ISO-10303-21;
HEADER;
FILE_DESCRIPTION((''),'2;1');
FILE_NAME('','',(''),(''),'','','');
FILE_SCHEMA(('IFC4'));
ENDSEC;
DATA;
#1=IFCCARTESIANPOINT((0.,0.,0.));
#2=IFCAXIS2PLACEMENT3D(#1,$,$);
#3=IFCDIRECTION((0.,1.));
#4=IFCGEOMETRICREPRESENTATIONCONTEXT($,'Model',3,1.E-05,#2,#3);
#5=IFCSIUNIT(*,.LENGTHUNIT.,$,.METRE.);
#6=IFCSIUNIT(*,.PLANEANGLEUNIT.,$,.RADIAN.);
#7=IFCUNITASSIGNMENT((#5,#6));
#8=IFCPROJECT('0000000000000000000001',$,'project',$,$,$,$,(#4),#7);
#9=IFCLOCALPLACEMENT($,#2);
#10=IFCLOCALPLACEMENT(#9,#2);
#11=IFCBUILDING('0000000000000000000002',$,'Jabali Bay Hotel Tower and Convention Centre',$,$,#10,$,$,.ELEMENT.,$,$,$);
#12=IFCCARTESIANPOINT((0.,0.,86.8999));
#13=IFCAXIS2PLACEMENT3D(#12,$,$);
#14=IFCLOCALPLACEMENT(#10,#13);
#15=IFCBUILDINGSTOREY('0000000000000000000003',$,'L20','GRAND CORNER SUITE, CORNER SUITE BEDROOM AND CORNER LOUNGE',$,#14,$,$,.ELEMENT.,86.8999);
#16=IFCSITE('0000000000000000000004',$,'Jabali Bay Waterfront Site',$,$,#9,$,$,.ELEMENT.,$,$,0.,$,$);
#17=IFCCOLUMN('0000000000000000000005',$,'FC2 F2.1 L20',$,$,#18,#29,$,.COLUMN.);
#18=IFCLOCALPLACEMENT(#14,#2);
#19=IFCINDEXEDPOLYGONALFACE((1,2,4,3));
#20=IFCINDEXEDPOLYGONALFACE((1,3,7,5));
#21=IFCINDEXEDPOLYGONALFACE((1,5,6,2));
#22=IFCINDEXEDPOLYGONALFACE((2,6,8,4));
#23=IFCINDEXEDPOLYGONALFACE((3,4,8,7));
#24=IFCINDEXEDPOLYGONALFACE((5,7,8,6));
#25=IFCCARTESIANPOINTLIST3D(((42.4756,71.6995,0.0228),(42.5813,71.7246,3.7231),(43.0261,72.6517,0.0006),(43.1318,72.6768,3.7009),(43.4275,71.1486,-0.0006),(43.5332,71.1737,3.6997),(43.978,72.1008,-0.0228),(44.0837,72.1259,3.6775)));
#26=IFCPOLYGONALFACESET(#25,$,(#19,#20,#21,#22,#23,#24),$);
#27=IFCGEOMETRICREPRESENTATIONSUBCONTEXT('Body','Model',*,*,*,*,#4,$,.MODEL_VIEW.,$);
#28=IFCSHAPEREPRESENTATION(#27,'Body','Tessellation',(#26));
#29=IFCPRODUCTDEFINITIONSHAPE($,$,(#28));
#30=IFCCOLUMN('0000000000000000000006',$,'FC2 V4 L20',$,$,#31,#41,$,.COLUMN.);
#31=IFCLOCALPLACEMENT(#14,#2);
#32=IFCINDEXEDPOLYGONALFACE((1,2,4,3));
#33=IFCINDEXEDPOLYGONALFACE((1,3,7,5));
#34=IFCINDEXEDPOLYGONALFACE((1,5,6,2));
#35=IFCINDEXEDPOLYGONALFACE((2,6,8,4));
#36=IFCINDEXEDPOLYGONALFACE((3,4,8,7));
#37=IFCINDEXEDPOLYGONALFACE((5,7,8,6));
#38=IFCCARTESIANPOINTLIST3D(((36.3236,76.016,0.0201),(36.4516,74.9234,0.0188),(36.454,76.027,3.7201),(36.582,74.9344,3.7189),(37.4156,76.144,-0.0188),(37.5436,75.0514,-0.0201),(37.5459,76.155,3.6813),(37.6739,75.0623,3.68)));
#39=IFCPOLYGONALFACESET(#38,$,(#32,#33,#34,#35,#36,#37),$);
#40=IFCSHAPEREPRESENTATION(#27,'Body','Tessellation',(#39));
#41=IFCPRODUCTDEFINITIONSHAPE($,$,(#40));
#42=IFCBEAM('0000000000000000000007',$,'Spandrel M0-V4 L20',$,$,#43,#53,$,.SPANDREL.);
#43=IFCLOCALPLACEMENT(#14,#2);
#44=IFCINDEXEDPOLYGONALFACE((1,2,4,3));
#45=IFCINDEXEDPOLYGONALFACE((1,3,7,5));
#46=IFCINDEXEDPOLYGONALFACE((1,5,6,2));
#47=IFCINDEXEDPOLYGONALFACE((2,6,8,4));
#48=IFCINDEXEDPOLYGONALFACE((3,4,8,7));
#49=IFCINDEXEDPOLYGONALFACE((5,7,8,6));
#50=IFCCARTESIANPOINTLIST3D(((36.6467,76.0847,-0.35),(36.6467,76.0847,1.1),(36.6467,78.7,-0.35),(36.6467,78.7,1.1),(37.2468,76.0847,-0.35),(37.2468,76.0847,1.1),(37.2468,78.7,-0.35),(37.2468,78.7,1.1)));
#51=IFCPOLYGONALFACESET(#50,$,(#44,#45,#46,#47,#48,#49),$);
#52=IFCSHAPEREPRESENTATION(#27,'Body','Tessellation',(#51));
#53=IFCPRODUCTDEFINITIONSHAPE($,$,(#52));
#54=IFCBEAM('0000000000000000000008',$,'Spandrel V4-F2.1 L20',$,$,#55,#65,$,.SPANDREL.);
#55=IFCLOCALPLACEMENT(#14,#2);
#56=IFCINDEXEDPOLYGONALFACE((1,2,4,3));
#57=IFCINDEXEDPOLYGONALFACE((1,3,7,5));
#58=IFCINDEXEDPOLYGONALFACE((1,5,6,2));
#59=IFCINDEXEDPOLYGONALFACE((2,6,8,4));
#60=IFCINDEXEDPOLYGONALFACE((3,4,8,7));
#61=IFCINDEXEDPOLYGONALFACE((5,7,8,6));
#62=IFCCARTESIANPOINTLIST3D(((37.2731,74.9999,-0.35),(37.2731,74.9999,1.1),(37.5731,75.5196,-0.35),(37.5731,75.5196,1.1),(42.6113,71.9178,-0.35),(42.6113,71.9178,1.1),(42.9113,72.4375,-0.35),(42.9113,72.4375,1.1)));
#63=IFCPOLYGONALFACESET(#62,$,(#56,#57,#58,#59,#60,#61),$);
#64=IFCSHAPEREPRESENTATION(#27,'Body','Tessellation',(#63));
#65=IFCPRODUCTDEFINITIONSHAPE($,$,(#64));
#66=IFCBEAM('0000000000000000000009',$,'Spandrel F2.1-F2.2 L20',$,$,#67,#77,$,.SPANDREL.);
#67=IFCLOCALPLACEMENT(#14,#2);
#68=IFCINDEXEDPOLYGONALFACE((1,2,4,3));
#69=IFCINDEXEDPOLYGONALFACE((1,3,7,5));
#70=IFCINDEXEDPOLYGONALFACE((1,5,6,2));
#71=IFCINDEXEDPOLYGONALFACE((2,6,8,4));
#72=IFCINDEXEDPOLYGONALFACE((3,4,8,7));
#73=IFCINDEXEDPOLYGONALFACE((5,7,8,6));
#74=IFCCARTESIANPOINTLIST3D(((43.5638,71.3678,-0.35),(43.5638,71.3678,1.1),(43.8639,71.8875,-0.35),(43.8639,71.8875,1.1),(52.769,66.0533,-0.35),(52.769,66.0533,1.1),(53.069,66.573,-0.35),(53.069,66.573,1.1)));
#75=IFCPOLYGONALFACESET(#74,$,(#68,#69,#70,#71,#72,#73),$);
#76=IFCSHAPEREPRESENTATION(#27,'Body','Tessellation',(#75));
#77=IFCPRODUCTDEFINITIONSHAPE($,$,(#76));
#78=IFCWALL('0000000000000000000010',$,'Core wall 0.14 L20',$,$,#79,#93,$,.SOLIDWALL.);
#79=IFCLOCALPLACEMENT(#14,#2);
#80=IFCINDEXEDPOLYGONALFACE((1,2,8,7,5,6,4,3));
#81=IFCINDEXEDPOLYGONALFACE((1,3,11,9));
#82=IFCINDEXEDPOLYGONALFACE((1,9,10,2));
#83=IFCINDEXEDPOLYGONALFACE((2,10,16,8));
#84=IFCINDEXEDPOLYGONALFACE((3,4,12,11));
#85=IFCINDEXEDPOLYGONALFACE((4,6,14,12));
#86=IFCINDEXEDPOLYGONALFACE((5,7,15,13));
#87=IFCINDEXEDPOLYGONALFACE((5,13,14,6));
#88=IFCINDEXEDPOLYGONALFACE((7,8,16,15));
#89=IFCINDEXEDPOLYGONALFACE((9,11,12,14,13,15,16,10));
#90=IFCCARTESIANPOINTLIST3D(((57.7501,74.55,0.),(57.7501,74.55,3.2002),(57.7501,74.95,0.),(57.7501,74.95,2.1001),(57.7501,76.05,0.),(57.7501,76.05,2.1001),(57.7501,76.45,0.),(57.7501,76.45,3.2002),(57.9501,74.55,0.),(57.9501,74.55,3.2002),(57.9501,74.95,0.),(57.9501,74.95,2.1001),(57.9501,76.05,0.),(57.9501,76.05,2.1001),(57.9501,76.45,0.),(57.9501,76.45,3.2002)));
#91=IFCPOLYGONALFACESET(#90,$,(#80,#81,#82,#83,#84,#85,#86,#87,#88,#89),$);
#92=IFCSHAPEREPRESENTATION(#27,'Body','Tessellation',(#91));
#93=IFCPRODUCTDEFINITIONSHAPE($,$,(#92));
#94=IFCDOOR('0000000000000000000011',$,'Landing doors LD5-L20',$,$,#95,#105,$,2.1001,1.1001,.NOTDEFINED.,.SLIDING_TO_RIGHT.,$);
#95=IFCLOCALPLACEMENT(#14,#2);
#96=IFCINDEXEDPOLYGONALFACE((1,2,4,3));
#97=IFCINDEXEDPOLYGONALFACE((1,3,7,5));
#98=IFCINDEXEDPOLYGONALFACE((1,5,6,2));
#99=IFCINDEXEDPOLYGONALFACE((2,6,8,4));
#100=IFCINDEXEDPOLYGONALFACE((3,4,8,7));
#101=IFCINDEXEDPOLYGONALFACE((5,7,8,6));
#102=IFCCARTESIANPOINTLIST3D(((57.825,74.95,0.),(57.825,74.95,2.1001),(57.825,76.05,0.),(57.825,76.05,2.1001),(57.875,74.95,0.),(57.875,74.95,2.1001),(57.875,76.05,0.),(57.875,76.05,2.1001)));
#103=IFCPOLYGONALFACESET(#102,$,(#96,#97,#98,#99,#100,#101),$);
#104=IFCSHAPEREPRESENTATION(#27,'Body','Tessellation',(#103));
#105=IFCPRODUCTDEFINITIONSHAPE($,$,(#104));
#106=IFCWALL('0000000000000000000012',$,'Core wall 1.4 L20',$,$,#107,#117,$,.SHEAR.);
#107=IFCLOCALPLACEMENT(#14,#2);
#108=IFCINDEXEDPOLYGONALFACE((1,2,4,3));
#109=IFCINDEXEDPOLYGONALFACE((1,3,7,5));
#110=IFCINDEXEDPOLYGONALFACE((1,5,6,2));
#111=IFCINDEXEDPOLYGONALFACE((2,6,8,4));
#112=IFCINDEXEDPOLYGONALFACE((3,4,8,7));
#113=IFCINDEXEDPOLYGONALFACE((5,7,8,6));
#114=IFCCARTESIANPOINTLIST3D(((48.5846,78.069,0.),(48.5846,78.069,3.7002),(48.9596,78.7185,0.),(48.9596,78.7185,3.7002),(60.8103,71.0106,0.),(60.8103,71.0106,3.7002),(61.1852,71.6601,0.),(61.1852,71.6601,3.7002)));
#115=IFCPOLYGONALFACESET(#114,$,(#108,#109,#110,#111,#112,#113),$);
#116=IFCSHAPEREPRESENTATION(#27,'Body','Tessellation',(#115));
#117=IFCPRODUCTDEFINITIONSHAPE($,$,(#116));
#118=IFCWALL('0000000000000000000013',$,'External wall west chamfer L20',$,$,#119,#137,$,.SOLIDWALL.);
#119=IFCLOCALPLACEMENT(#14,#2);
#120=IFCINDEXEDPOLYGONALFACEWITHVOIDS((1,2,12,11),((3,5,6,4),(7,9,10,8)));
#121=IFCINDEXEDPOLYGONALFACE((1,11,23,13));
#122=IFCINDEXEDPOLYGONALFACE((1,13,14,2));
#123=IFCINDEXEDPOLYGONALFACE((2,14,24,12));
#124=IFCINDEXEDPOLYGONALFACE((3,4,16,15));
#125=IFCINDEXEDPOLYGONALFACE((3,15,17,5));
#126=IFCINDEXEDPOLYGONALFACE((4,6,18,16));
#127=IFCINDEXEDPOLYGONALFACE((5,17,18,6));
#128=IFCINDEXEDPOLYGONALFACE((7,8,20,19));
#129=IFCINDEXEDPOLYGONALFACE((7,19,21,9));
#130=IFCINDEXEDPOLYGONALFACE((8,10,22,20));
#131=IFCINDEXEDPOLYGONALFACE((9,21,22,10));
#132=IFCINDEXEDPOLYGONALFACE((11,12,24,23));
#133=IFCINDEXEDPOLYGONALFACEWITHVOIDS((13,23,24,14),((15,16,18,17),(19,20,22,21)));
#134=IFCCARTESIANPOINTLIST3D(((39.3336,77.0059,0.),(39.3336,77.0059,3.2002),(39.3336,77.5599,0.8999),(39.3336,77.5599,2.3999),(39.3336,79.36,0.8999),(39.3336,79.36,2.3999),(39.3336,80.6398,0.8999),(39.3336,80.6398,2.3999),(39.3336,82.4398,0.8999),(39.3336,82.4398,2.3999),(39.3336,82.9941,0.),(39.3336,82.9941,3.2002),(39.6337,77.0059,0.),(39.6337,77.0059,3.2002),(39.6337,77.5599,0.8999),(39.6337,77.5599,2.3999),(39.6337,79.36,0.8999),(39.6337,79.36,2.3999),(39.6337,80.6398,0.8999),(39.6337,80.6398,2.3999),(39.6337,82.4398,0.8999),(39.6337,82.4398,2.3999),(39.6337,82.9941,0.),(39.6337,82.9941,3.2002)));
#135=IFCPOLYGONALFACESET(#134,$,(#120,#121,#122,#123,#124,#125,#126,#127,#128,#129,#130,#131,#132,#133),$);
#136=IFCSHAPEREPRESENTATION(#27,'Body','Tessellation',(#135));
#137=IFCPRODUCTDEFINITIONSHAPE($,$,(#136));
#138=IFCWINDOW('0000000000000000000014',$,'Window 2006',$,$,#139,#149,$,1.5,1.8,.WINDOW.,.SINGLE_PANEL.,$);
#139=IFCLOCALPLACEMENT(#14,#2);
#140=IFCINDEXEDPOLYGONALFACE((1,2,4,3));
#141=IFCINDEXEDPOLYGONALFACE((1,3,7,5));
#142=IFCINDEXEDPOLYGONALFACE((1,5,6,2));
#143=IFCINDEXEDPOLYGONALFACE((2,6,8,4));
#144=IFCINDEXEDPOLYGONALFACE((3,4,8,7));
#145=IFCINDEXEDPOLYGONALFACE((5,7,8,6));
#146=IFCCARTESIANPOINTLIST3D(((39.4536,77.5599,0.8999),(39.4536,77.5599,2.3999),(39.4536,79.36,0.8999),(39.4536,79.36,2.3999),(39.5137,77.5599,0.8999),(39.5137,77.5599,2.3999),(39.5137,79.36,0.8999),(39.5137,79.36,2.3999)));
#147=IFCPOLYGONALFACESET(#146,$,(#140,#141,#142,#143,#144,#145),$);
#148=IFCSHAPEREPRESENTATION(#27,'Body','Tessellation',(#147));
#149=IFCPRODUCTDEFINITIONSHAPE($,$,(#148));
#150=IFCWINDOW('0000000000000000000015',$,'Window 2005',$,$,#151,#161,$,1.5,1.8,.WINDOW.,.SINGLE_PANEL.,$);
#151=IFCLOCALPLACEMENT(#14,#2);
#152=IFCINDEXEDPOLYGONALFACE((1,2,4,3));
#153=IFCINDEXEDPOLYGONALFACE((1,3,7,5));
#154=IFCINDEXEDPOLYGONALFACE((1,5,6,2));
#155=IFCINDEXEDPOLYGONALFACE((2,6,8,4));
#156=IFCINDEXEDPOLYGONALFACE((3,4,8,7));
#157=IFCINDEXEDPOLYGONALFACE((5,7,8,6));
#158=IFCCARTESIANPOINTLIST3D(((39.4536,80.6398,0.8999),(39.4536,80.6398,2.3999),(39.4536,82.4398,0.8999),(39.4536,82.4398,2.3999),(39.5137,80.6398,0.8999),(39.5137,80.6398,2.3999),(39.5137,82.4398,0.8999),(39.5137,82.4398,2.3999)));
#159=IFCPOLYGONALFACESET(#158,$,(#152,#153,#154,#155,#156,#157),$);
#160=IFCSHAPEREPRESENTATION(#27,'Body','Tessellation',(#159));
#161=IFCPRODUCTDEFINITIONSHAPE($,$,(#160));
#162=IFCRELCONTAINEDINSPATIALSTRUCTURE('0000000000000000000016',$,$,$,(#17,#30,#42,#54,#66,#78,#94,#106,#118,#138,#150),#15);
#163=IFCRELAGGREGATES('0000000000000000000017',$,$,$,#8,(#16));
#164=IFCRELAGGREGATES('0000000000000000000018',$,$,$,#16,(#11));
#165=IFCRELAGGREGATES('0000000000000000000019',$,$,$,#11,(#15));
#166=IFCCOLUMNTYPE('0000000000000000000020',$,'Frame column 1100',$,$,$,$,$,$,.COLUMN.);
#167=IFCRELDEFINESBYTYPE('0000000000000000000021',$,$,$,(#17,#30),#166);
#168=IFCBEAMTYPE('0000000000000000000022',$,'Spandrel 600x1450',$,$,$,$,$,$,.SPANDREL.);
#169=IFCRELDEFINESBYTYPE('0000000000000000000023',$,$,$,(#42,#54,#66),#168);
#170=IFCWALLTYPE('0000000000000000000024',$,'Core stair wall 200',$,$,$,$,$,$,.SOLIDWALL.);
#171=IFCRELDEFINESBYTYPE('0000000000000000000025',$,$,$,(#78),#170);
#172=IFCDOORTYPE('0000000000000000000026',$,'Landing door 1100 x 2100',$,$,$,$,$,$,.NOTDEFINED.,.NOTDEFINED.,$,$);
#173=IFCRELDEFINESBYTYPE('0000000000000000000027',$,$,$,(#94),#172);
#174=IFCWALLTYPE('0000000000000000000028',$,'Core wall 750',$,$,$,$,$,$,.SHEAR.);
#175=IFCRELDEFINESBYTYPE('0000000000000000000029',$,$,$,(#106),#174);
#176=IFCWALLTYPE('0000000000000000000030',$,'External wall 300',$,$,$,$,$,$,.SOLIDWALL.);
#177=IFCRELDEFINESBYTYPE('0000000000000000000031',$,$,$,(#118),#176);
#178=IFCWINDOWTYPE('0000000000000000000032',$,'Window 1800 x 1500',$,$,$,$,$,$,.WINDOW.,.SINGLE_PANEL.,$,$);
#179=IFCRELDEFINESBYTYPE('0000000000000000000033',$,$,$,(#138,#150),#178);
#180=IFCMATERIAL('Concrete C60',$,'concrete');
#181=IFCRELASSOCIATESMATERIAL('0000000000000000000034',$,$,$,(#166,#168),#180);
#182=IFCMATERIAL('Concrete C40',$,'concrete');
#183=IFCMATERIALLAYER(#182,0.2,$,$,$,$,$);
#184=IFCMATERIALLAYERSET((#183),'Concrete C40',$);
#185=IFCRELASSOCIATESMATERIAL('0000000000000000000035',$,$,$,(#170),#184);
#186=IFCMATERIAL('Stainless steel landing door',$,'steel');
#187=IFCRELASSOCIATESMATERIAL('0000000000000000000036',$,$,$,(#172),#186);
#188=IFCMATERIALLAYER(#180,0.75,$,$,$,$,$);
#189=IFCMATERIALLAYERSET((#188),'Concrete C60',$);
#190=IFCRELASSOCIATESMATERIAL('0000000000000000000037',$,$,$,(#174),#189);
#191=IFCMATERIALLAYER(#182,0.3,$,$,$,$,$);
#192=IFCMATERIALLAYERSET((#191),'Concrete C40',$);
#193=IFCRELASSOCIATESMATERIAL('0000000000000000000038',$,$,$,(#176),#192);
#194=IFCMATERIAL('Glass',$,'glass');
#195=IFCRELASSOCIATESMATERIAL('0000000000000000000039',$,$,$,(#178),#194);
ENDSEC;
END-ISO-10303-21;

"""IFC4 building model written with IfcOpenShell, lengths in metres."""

from ifc_helpers import new_model, si_unit, direction, frame, frame_2d, origin, origin_2d, place, context, subcontext, project, spatial, rectangle, extrude, material, layer, layer_set, material_profile, profile_set, type_object, element, fill, save


model = new_model("IFC4")

# Units and contexts
model_context = context("Model", 3, precision=1e-05, world=origin(), true_north=direction((0.0, 1.0)))
body_context = subcontext(model_context, "Body", "Model", "MODEL_VIEW")
ifc_project = project(units=[si_unit("LENGTHUNIT", "METRE"), si_unit("PLANEANGLEUNIT", "RADIAN")], contexts=[model_context])

# Site, building, storey
site_placement = place(None, origin())
site = spatial("IfcSite", under=ifc_project, at=site_placement, Name="Jabali Bay Waterfront Site", CompositionType="ELEMENT", RefElevation=0.0)
building_placement = place(site_placement, origin())
building = spatial("IfcBuilding", under=site, at=building_placement, Name="Jabali Bay Hotel Tower and Convention Centre", CompositionType="ELEMENT")
storey_placement = place(building_placement, frame((0.0, 0.0, 86.8999)))
storey = spatial("IfcBuildingStorey", under=building, at=storey_placement, Name="L20", Description="GRAND CORNER SUITE, CORNER SUITE BEDROOM AND CORNER LOUNGE", CompositionType="ELEMENT", Elevation=86.8999)

# Columns
ifc_material_1 = material(Name="Concrete C60", Category="concrete")
ifc_material_profile_1 = material_profile(ifc_material_1, rectangle(XDim=1.1001, YDim=1.1001, at=origin_2d()), Name="Frame column 1100")
ifc_profile_set_1 = profile_set([ifc_material_profile_1], Name="Concrete C60")
column_type = type_object("IfcColumnType", Name="Frame column 1100", PredefinedType="COLUMN", material=ifc_profile_set_1)
column_1_placement = place(storey_placement, frame((43.2268, 71.9001, 0.0), z_axis=(0.028557, 0.006793, 0.999569), x_axis=(-0.865319, 0.500768, 0.021319)))
element("IfcColumn", 1, at=column_1_placement, inside=storey, type_object=column_type, Name="FC2 F2.1 L20", PredefinedType="COLUMN", context=body_context, shape_type="SweptSolid", body=[
    extrude(rectangle(XDim=1.1001, YDim=1.1001, at=origin_2d()), origin(), (0.0, 0.0, 1.0), 3.7019),
])
column_2_placement = place(storey_placement, frame((36.9336, 75.5337, 0.0), z_axis=(0.035212, 0.002967, 0.999375), x_axis=(-0.116358, 0.993207, 0.001151)))
element("IfcColumn", 2, at=column_2_placement, inside=storey, type_object=column_type, Name="FC2 V4 L20", PredefinedType="COLUMN", context=body_context, shape_type="SweptSolid", body=[
    extrude(rectangle(XDim=1.1001, YDim=1.1001, at=origin_2d()), origin(), (0.0, 0.0, 1.0), 3.7024),
])

# Beams
ifc_material_profile_2 = material_profile(ifc_material_1, rectangle(XDim=0.6001, YDim=1.45, at=origin_2d()), Name="Spandrel 600x1450")
ifc_profile_set_2 = profile_set([ifc_material_profile_2], Name="Concrete C60")
beam_type = type_object("IfcBeamType", Name="Spandrel 600x1450", PredefinedType="SPANDREL", material=ifc_profile_set_2)
beam_1_placement = place(storey_placement, frame((36.9468, 78.7, 0.375), z_axis=(0.0, -1.0, 0.0), x_axis=(1.0, 0.0, 0.0)))
element("IfcBeam", 3, at=beam_1_placement, inside=storey, type_object=beam_type, Name="Spandrel M0-V4 L20", PredefinedType="SPANDREL", context=body_context, shape_type="SweptSolid", body=[
    extrude(rectangle(XDim=0.6001, YDim=1.45, at=origin_2d()), origin(), (0.0, 0.0, 1.0), 2.6152),
])
beam_2_placement = place(storey_placement, frame((37.4231, 75.2598, 0.375), z_axis=(0.866021, -0.500007, 0.0), x_axis=(0.500007, 0.866021, 0.0)))
element("IfcBeam", 4, at=beam_2_placement, inside=storey, type_object=beam_type, Name="Spandrel V4-F2.1 L20", PredefinedType="SPANDREL", context=body_context, shape_type="SweptSolid", body=[
    extrude(rectangle(XDim=0.6001, YDim=1.45, at=origin_2d()), origin(), (0.0, 0.0, 1.0), 6.1641),
])
beam_3_placement = place(storey_placement, frame((43.7139, 71.6277, 0.375), z_axis=(0.86603, -0.499993, 0.0), x_axis=(0.499993, 0.86603, 0.0)))
element("IfcBeam", 5, at=beam_3_placement, inside=storey, type_object=beam_type, Name="Spandrel F2.1-F2.2 L20", PredefinedType="SPANDREL", context=body_context, shape_type="SweptSolid", body=[
    extrude(rectangle(XDim=0.6001, YDim=1.45, at=origin_2d()), origin(), (0.0, 0.0, 1.0), 10.6292),
])

# Wall, opening, door
ifc_material_2 = material(Name="Concrete C40", Category="concrete")
ifc_layer_1 = layer(ifc_material_2, 0.2)
ifc_layer_set_1 = layer_set([ifc_layer_1], Name="Concrete C40")
wall_type_1 = type_object("IfcWallType", Name="Core stair wall 200", PredefinedType="SOLIDWALL", material=ifc_layer_set_1)
wall_1_placement = place(storey_placement, frame((57.8501, 76.45, 0.0), z_axis=(0.0, 0.0, 1.0), x_axis=(0.0, -1.0, 0.0)))
wall_1 = element("IfcWall", 6, at=wall_1_placement, inside=storey, type_object=wall_type_1, Name="Core wall 0.14 L20", PredefinedType="SOLIDWALL", context=body_context, shape_type="SweptSolid", body=[
    extrude(rectangle(XDim=1.8999, YDim=0.2, at=frame_2d((0.95, 0.0))), origin(), (0.0, 0.0, 1.0), 3.2002),
])
opening_1_placement = place(wall_1_placement, frame((0.3999, 0.0, 0.0)))
opening_1 = element("IfcOpeningElement", 7, at=opening_1_placement, cuts=wall_1, PredefinedType="OPENING", context=body_context, shape_type="SweptSolid", body=[
    extrude(rectangle(XDim=1.1001, YDim=2.1001, at=frame_2d((0.55, 1.05))), frame((0.0, 0.1104, 0.0), z_axis=(0.0, -1.0, 0.0), x_axis=(1.0, 0.0, 0.0)), (0.0, 0.0, 1.0), 0.2209),
])
ifc_material_3 = material(Name="Stainless steel landing door", Category="steel")
door_type = type_object("IfcDoorType", Name="Landing door 1100 x 2100", OperationType="NOTDEFINED", PredefinedType="NOTDEFINED", material=ifc_material_3)
door_placement = place(opening_1_placement, origin())
door = element("IfcDoor", 8, at=door_placement, inside=storey, type_object=door_type, Name="Landing doors LD5-L20", OperationType="SLIDING_TO_RIGHT", OverallHeight=2.1001, OverallWidth=1.1001, PredefinedType="NOTDEFINED", context=body_context, shape_type="SweptSolid", body=[
    extrude(rectangle(XDim=1.1001, YDim=2.1001, at=frame_2d((0.55, 1.05))), frame((0.0, 0.0249, 0.0), z_axis=(0.0, -1.0, 0.0), x_axis=(1.0, 0.0, 0.0)), (0.0, 0.0, 1.0), 0.05),
])
fill(opening_1, door)

# Wall
ifc_layer_2 = layer(ifc_material_1, 0.75)
ifc_layer_set_2 = layer_set([ifc_layer_2], Name="Concrete C60")
wall_type_2 = type_object("IfcWallType", Name="Core wall 750", PredefinedType="SHEAR", material=ifc_layer_set_2)
wall_2_placement = place(storey_placement, frame((48.772, 78.3938, 0.0), z_axis=(0.0, 0.0, 1.0), x_axis=(0.866028, -0.499995, 0.0)))
element("IfcWall", 9, at=wall_2_placement, inside=storey, type_object=wall_type_2, Name="Core wall 1.4 L20", PredefinedType="SHEAR", context=body_context, shape_type="SweptSolid", body=[
    extrude(rectangle(XDim=14.1169, YDim=0.75, at=frame_2d((7.0586, 0.0))), origin(), (0.0, 0.0, 1.0), 3.7002),
])

# Wall, openings, windows
ifc_layer_3 = layer(ifc_material_2, 0.3)
ifc_layer_set_3 = layer_set([ifc_layer_3], Name="Concrete C40")
wall_type_3 = type_object("IfcWallType", Name="External wall 300", PredefinedType="SOLIDWALL", material=ifc_layer_set_3)
wall_3_placement = place(storey_placement, frame((39.4836, 77.0059, 0.0), z_axis=(0.0, 0.0, 1.0), x_axis=(0.0, 1.0, 0.0)))
wall_3 = element("IfcWall", 10, at=wall_3_placement, inside=storey, type_object=wall_type_3, Name="External wall west chamfer L20", PredefinedType="SOLIDWALL", context=body_context, shape_type="SweptSolid", body=[
    extrude(rectangle(XDim=5.9883, YDim=0.3, at=frame_2d((2.9941, 0.0))), origin(), (0.0, 0.0, 1.0), 3.2002),
])
opening_2_placement = place(wall_3_placement, frame((0.5542, 0.0, 0.8999)))
opening_2 = element("IfcOpeningElement", 11, at=opening_2_placement, cuts=wall_3, PredefinedType="OPENING", context=body_context, shape_type="SweptSolid", body=[
    extrude(rectangle(XDim=1.8, YDim=1.5, at=frame_2d((0.8999, 0.75))), frame((0.0, 0.1606, 0.0), z_axis=(0.0, -1.0, 0.0), x_axis=(1.0, 0.0, 0.0)), (0.0, 0.0, 1.0), 0.321),
])
opening_3_placement = place(wall_3_placement, frame((3.634, 0.0, 0.8999)))
opening_3 = element("IfcOpeningElement", 12, at=opening_3_placement, cuts=wall_3, PredefinedType="OPENING", context=body_context, shape_type="SweptSolid", body=[
    extrude(rectangle(XDim=1.8, YDim=1.5, at=frame_2d((0.8999, 0.75))), frame((0.0, 0.1606, 0.0), z_axis=(0.0, -1.0, 0.0), x_axis=(1.0, 0.0, 0.0)), (0.0, 0.0, 1.0), 0.321),
])
ifc_material_4 = material(Name="Glass", Category="glass")
window_type = type_object("IfcWindowType", Name="Window 1800 x 1500", PartitioningType="SINGLE_PANEL", PredefinedType="WINDOW", material=ifc_material_4)
window_1_placement = place(opening_2_placement, origin())
window_1 = element("IfcWindow", 13, at=window_1_placement, inside=storey, type_object=window_type, Name="Window 2006", OverallHeight=1.5, OverallWidth=1.8, PartitioningType="SINGLE_PANEL", PredefinedType="WINDOW", context=body_context, shape_type="SweptSolid", body=[
    extrude(rectangle(XDim=1.8, YDim=1.5, at=frame_2d((0.8999, 0.75))), frame((0.0, 0.03, 0.0), z_axis=(0.0, -1.0, 0.0), x_axis=(1.0, 0.0, 0.0)), (0.0, 0.0, 1.0), 0.0601),
])
fill(opening_2, window_1)
window_2_placement = place(opening_3_placement, origin())
window_2 = element("IfcWindow", 14, at=window_2_placement, inside=storey, type_object=window_type, Name="Window 2005", OverallHeight=1.5, OverallWidth=1.8, PartitioningType="SINGLE_PANEL", PredefinedType="WINDOW", context=body_context, shape_type="SweptSolid", body=[
    extrude(rectangle(XDim=1.8, YDim=1.5, at=frame_2d((0.8999, 0.75))), frame((0.0, 0.03, 0.0), z_axis=(0.0, -1.0, 0.0), x_axis=(1.0, 0.0, 0.0)), (0.0, 0.0, 1.0), 0.0601),
])
fill(opening_3, window_2)

save(model, "model.ifc")
